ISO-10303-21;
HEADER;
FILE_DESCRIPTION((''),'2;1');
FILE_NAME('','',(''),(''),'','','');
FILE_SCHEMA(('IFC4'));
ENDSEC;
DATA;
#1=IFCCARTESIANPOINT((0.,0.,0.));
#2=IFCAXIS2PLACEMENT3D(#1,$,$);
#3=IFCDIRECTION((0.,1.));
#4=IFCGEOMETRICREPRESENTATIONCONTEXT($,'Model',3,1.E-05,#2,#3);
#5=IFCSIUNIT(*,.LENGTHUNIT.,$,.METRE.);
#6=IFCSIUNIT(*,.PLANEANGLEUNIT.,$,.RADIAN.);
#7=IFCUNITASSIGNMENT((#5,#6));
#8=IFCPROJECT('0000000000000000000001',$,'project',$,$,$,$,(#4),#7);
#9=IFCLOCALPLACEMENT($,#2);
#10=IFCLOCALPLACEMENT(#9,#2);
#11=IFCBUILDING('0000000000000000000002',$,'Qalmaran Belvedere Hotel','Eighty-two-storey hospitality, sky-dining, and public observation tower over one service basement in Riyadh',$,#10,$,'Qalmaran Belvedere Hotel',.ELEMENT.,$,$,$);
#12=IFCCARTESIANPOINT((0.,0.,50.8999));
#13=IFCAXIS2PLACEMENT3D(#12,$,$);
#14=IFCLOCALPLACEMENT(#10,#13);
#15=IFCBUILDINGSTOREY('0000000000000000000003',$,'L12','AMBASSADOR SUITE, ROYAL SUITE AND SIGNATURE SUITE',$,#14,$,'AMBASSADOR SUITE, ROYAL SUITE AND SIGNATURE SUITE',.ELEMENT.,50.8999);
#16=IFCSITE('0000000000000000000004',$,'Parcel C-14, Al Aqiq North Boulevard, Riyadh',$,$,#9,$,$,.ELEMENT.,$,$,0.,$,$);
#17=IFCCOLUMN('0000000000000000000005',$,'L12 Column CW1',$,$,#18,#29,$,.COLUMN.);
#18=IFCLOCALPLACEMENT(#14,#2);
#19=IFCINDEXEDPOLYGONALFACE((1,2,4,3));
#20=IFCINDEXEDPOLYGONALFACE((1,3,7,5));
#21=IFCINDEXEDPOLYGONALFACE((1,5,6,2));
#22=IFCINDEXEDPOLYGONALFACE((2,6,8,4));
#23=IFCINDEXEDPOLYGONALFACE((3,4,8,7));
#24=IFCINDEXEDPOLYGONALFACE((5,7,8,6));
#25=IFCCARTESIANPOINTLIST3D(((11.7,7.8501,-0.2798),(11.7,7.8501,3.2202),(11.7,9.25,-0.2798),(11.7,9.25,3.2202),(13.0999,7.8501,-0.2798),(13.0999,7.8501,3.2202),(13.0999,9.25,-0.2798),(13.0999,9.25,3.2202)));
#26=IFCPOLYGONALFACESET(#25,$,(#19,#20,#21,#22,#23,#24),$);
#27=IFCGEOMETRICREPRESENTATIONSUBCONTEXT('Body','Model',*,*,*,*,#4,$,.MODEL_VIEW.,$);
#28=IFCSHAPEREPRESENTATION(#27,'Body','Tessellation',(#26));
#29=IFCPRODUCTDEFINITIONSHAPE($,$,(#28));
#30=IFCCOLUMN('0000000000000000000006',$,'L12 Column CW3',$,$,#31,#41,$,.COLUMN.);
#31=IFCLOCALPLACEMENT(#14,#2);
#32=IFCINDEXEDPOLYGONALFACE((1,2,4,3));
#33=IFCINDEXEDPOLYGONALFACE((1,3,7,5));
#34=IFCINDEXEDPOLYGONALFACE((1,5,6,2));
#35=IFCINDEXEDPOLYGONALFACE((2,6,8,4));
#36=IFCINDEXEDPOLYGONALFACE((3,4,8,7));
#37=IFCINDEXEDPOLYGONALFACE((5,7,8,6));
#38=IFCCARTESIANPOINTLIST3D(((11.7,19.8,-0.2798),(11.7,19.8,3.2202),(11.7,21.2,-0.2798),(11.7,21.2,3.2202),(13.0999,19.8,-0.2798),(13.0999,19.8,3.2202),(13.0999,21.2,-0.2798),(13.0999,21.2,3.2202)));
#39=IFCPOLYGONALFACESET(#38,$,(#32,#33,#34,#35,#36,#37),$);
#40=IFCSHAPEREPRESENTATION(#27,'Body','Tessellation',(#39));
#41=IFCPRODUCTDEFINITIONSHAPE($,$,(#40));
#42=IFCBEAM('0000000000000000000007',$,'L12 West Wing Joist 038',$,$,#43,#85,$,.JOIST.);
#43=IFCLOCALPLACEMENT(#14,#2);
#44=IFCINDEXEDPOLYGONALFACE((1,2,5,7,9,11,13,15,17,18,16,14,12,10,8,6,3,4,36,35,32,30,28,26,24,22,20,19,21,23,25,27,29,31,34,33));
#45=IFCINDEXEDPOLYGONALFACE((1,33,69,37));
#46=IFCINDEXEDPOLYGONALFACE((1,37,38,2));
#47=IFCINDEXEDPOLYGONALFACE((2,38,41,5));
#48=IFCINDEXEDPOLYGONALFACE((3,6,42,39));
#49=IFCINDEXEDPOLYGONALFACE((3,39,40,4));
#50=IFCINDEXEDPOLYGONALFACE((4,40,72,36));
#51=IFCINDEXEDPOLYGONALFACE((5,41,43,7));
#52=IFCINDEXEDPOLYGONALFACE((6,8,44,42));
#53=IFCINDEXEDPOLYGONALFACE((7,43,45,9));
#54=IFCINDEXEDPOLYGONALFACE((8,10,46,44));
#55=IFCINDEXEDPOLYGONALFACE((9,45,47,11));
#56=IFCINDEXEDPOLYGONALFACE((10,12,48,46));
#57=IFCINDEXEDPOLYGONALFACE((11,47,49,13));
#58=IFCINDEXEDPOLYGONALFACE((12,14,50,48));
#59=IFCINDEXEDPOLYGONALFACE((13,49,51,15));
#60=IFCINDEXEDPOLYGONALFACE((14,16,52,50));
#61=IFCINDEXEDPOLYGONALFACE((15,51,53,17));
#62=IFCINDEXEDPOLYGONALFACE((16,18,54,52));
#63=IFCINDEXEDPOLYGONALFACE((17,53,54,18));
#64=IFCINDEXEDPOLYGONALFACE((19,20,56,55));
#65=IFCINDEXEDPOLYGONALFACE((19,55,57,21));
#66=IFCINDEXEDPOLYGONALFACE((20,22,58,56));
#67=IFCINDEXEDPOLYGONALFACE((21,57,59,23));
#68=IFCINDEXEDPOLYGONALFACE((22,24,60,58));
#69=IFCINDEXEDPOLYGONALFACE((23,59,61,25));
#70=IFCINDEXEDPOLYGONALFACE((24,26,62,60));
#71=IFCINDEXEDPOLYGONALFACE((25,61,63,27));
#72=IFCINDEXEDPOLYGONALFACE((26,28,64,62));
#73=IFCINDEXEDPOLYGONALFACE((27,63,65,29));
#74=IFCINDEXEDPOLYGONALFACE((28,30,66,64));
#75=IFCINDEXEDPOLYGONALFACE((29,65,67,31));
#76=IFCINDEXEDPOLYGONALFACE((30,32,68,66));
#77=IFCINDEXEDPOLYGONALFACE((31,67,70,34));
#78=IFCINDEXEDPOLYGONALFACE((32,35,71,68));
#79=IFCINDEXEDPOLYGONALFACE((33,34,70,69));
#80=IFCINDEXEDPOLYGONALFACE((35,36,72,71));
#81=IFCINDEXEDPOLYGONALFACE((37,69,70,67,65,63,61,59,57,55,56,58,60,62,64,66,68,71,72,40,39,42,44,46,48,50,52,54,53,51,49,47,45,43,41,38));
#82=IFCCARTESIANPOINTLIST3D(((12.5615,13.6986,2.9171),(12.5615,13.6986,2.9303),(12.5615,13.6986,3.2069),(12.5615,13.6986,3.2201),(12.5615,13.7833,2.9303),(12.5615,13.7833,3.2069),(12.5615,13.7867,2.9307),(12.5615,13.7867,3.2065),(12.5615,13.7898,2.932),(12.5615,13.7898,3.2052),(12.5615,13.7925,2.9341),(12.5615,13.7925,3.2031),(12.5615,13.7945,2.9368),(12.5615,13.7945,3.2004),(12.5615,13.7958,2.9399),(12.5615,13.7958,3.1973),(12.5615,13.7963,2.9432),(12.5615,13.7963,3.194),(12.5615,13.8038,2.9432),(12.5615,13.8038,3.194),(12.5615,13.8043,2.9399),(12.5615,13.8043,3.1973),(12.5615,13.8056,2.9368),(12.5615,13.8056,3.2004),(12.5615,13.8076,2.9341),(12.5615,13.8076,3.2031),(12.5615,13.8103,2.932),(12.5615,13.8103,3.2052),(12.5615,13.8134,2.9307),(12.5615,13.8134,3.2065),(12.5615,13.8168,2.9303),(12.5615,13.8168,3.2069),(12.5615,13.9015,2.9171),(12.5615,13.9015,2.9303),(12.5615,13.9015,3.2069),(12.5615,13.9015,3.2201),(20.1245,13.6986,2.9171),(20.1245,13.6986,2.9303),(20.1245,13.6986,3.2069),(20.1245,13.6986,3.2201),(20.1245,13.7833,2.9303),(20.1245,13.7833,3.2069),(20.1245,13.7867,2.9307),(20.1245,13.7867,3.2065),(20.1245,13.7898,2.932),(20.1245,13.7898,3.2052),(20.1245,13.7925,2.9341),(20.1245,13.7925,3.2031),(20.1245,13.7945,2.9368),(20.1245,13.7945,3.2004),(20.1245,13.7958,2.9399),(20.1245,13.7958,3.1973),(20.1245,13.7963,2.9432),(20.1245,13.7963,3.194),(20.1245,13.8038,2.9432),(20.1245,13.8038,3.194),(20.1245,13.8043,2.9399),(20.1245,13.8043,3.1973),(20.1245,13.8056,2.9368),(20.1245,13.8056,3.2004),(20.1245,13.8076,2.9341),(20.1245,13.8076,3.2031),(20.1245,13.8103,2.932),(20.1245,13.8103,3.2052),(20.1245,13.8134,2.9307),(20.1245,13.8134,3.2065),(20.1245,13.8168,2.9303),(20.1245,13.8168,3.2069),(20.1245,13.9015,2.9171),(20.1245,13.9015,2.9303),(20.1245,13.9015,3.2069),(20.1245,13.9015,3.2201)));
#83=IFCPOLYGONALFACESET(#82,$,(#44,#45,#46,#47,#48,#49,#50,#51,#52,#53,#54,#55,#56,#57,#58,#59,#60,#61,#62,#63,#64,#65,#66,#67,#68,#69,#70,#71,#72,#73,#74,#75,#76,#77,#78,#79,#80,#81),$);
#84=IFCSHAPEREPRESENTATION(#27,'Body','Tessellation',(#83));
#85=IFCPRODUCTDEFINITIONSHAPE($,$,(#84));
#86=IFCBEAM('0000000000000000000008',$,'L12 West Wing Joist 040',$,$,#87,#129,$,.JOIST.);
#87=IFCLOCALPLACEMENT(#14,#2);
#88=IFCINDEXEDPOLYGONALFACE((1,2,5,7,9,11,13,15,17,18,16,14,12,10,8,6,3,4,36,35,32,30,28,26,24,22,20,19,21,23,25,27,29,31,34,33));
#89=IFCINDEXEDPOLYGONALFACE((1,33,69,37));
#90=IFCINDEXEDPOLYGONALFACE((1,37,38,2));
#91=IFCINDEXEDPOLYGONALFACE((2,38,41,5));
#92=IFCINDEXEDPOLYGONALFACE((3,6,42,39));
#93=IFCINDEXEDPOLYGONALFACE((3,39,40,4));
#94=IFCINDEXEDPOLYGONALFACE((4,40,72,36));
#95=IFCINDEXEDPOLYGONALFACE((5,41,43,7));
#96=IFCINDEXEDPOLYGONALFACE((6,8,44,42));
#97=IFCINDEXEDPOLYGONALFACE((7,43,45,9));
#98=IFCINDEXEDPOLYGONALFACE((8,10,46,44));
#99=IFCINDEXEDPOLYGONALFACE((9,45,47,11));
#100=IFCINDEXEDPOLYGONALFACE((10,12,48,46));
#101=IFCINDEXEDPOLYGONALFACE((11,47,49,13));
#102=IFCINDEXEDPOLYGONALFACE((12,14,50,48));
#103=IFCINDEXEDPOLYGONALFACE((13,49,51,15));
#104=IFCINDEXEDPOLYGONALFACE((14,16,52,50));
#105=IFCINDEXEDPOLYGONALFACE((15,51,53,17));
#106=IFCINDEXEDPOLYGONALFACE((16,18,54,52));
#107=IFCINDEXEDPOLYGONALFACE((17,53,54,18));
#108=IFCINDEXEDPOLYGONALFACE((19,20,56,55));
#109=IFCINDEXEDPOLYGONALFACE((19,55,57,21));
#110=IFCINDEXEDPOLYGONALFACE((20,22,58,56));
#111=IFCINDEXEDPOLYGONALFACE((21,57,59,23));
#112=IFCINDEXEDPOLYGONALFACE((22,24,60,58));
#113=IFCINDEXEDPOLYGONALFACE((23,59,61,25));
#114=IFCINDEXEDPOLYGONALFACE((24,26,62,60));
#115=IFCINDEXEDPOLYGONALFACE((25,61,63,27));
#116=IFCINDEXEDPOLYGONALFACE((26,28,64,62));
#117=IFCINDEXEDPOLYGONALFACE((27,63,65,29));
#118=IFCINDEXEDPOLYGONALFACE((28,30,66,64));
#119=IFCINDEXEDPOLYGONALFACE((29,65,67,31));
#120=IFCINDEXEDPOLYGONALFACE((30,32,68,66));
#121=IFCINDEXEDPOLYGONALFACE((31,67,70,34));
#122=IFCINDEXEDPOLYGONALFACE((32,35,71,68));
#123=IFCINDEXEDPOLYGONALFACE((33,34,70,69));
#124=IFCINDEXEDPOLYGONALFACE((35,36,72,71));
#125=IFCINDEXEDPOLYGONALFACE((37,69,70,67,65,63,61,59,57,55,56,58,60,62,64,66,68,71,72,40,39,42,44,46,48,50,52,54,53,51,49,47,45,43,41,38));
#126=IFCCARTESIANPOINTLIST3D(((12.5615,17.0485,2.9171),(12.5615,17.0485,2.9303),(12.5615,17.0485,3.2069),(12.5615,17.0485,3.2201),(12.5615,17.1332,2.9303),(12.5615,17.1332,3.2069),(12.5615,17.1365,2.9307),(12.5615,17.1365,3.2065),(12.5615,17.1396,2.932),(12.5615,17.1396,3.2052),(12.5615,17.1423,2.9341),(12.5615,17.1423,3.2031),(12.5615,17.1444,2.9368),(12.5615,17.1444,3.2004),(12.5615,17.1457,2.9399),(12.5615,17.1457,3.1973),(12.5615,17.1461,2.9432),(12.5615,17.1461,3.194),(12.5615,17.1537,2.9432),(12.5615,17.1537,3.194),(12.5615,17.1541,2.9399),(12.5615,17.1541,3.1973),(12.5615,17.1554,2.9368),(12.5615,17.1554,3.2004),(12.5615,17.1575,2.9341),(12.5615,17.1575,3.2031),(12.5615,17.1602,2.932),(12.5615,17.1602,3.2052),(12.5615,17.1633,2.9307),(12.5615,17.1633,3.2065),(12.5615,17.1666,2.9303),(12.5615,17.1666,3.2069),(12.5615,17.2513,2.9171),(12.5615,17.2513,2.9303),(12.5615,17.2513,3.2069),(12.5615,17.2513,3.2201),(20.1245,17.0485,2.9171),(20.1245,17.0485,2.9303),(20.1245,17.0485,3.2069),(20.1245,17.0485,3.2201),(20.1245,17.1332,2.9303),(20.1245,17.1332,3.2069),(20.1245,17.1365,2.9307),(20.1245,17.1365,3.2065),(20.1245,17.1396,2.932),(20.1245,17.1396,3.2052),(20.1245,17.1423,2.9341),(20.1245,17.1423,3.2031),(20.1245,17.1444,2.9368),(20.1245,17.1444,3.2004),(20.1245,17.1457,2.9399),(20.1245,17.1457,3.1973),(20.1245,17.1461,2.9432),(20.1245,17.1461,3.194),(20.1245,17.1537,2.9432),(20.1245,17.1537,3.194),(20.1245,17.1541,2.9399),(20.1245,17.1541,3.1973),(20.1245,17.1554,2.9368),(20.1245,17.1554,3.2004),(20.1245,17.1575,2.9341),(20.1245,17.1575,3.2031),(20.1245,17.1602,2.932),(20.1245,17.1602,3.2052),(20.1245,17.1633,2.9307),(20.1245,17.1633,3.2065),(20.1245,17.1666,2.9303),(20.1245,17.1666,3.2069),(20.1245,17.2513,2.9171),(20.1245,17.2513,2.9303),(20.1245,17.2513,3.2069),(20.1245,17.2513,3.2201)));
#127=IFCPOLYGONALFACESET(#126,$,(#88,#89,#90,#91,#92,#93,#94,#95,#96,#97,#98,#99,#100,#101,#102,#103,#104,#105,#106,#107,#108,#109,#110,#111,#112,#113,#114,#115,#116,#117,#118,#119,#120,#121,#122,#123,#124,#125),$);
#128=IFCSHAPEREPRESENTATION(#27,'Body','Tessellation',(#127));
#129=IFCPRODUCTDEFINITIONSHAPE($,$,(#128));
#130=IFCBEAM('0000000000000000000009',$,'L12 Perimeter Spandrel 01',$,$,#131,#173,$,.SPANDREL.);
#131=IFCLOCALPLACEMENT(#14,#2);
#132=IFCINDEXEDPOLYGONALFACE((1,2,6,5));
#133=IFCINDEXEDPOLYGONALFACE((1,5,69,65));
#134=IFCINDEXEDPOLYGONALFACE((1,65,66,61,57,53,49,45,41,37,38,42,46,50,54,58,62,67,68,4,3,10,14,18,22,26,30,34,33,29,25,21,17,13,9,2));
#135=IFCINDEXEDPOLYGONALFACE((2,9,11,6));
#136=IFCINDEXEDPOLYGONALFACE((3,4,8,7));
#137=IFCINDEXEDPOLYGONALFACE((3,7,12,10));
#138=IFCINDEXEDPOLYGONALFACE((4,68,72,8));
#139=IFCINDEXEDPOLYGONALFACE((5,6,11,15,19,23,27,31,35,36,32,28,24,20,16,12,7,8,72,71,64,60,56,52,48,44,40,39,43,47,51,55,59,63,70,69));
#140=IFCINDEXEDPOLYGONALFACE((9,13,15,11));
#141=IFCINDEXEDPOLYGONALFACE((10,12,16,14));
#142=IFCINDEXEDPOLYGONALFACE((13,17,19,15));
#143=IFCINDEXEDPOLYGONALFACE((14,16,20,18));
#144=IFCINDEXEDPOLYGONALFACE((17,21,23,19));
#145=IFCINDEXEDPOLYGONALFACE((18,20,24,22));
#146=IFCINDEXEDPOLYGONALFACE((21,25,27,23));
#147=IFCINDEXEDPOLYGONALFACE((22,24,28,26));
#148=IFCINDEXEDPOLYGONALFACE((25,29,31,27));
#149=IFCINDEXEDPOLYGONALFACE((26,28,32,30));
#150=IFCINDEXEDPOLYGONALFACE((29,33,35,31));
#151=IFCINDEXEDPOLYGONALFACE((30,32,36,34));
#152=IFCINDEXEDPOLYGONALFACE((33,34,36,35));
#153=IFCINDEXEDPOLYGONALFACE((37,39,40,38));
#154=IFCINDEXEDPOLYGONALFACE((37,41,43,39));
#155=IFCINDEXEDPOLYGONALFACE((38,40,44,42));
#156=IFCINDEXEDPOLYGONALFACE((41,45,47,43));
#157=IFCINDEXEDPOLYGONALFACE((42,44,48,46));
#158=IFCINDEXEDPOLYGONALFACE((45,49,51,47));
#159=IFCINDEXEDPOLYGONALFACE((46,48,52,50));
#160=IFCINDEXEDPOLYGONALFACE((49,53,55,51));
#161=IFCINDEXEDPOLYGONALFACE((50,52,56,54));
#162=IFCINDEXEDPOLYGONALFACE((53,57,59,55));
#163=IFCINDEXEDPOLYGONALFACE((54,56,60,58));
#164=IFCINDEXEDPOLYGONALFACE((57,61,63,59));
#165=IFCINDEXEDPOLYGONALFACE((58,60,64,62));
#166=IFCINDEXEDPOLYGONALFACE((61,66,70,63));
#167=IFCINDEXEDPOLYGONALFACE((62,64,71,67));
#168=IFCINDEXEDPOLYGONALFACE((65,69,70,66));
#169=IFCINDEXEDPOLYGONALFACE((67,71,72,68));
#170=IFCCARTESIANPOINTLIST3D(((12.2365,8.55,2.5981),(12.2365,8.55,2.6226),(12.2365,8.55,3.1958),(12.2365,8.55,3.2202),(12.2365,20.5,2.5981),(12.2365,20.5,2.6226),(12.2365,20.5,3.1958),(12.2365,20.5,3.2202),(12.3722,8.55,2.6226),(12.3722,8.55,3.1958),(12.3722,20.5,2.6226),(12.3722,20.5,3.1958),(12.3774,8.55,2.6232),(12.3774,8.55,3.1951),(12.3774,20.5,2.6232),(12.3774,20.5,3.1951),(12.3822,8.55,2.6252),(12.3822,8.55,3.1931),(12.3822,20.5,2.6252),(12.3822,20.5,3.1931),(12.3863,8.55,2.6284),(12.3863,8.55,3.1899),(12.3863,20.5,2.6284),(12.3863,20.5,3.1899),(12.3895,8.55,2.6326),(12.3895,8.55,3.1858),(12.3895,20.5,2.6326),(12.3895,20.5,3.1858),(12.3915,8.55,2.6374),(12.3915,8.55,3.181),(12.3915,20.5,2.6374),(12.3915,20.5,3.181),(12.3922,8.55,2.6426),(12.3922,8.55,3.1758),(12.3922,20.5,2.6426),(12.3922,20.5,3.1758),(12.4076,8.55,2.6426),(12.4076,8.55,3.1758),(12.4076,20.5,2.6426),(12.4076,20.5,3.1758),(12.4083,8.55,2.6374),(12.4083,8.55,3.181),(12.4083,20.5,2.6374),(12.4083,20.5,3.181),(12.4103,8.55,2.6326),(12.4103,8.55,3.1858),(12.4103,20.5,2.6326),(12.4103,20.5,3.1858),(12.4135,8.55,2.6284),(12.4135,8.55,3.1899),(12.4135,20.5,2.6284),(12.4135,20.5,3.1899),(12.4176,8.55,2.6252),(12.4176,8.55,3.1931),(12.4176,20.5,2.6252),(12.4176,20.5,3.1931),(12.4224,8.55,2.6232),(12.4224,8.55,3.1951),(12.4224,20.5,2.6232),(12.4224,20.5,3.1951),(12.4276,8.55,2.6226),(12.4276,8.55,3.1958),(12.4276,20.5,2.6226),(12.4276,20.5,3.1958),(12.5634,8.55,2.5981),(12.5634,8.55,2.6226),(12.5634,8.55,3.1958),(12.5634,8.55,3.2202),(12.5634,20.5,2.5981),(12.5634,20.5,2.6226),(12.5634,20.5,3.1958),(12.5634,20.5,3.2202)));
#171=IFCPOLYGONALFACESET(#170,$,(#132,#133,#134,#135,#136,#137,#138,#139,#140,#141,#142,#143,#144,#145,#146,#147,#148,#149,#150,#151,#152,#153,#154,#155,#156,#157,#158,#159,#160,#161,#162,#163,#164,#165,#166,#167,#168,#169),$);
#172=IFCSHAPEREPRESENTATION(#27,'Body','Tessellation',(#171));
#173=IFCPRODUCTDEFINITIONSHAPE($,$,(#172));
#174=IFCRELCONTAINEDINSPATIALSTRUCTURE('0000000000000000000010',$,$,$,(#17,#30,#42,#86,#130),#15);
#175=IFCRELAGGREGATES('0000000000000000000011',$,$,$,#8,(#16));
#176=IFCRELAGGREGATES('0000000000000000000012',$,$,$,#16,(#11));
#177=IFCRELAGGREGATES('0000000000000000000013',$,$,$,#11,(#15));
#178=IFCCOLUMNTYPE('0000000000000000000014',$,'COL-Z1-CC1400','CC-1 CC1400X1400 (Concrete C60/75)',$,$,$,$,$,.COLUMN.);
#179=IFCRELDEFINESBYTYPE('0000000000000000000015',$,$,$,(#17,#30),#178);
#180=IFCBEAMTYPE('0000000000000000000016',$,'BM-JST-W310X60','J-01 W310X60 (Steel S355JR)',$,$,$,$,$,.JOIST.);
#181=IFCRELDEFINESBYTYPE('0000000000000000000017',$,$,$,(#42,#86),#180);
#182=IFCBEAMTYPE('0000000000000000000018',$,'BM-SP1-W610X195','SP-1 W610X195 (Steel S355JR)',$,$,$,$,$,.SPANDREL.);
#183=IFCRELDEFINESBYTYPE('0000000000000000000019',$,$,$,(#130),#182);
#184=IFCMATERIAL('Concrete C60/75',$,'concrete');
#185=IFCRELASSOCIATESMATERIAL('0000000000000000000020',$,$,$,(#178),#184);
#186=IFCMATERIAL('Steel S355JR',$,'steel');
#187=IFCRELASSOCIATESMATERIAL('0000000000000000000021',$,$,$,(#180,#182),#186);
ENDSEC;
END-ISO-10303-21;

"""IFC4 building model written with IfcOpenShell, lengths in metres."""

from ifc_helpers import new_model, si_unit, direction, frame, origin, origin_2d, place, context, subcontext, project, spatial, rectangle, i_section, extrude, material, material_profile, profile_set, type_object, element, save


model = new_model("IFC4")

# Units and contexts
model_context = context("Model", 3, precision=1e-05, world=origin(), true_north=direction((0.0, 1.0)))
body_context = subcontext(model_context, "Body", "Model", "MODEL_VIEW")
ifc_project = project(units=[si_unit("LENGTHUNIT", "METRE"), si_unit("PLANEANGLEUNIT", "RADIAN")], contexts=[model_context])

# Site, building, storey
site_placement = place(None, origin())
site = spatial("IfcSite", under=ifc_project, at=site_placement, Name="Parcel C-14, Al Aqiq North Boulevard, Riyadh", CompositionType="ELEMENT", RefElevation=0.0)
building_placement = place(site_placement, origin())
building = spatial("IfcBuilding", under=site, at=building_placement, Name="Qalmaran Belvedere Hotel", Description="Eighty-two-storey hospitality, sky-dining, and public observation tower over one service basement in Riyadh", LongName="Qalmaran Belvedere Hotel", CompositionType="ELEMENT")
storey_placement = place(building_placement, frame((0.0, 0.0, 50.8999)))
storey = spatial("IfcBuildingStorey", under=building, at=storey_placement, Name="L12", Description="AMBASSADOR SUITE, ROYAL SUITE AND SIGNATURE SUITE", LongName="AMBASSADOR SUITE, ROYAL SUITE AND SIGNATURE SUITE", CompositionType="ELEMENT", Elevation=50.8999)

# Columns
ifc_material_1 = material(Name="Concrete C60/75", Category="concrete")
ifc_material_profile_1 = material_profile(ifc_material_1, rectangle(XDim=1.3999, YDim=1.3999, at=origin_2d()), Name="CC1400X1400")
ifc_profile_set_1 = profile_set([ifc_material_profile_1], Name="Concrete C60/75")
column_type = type_object("IfcColumnType", Name="COL-Z1-CC1400", Description="CC-1 CC1400X1400 (Concrete C60/75)", PredefinedType="COLUMN", material=ifc_profile_set_1)
for number, where, z_axis, x_axis, name in (
    (1, (12.3999, 8.55, -0.2798), (0.0, 0.0, 1.0), (1.0, 0.0, 0.0), "L12 Column CW1"),
    (2, (12.3999, 20.5, -0.2798), (0.0, 0.0, 1.0), (1.0, 0.0, 0.0), "L12 Column CW3"),
):
    element("IfcColumn", number, at=place(storey_placement, frame(where, z_axis=z_axis, x_axis=x_axis)), inside=storey, type_object=column_type, Name=name, PredefinedType="COLUMN", context=body_context, shape_type="SweptSolid", body=[
        extrude(rectangle(XDim=1.3999, YDim=1.3999, at=origin_2d()), origin(), (0.0, 0.0, 1.0), 3.5),
    ])

# Beams
ifc_material_2 = material(Name="Steel S355JR", Category="steel")
ifc_material_profile_2 = material_profile(ifc_material_2, i_section(OverallWidth=0.2029, OverallDepth=0.303, WebThickness=0.0076, FlangeThickness=0.0132, FilletRadius=0.0129, at=origin_2d()), Name="W310X60")
ifc_profile_set_2 = profile_set([ifc_material_profile_2], Name="Steel S355JR")
beam_type_1 = type_object("IfcBeamType", Name="BM-JST-W310X60", Description="J-01 W310X60 (Steel S355JR)", PredefinedType="JOIST", material=ifc_profile_set_2)
for number, where, z_axis, x_axis, name in (
    (3, (12.5615, 13.8, 3.0686), (1.0, 0.0, 0.0), (0.0, 1.0, 0.0), "L12 West Wing Joist 038"),
    (4, (12.5615, 17.1499, 3.0686), (1.0, 0.0, 0.0), (0.0, 1.0, 0.0), "L12 West Wing Joist 040"),
):
    element("IfcBeam", number, at=place(storey_placement, frame(where, z_axis=z_axis, x_axis=x_axis)), inside=storey, type_object=beam_type_1, Name=name, PredefinedType="JOIST", context=body_context, shape_type="SweptSolid", body=[
        extrude(i_section(OverallWidth=0.2029, OverallDepth=0.303, WebThickness=0.0076, FlangeThickness=0.0132, FilletRadius=0.0129, at=origin_2d()), origin(), (0.0, 0.0, 1.0), 7.563),
    ])
ifc_material_profile_3 = material_profile(ifc_material_2, i_section(OverallWidth=0.3269, OverallDepth=0.6221, WebThickness=0.0154, FlangeThickness=0.0244, FilletRadius=0.02, at=origin_2d()), Name="W610X195")
ifc_profile_set_3 = profile_set([ifc_material_profile_3], Name="Steel S355JR")
beam_type_2 = type_object("IfcBeamType", Name="BM-SP1-W610X195", Description="SP-1 W610X195 (Steel S355JR)", PredefinedType="SPANDREL", material=ifc_profile_set_3)
beam_1_placement = place(storey_placement, frame((12.3999, 8.55, 2.9092), z_axis=(0.0, 1.0, 0.0), x_axis=(-1.0, 0.0, 0.0)))
element("IfcBeam", 5, at=beam_1_placement, inside=storey, type_object=beam_type_2, Name="L12 Perimeter Spandrel 01", PredefinedType="SPANDREL", context=body_context, shape_type="SweptSolid", body=[
    extrude(i_section(OverallWidth=0.3269, OverallDepth=0.6221, WebThickness=0.0154, FlangeThickness=0.0244, FilletRadius=0.02, at=origin_2d()), origin(), (0.0, 0.0, 1.0), 11.95),
])

save(model, "model.ifc")
